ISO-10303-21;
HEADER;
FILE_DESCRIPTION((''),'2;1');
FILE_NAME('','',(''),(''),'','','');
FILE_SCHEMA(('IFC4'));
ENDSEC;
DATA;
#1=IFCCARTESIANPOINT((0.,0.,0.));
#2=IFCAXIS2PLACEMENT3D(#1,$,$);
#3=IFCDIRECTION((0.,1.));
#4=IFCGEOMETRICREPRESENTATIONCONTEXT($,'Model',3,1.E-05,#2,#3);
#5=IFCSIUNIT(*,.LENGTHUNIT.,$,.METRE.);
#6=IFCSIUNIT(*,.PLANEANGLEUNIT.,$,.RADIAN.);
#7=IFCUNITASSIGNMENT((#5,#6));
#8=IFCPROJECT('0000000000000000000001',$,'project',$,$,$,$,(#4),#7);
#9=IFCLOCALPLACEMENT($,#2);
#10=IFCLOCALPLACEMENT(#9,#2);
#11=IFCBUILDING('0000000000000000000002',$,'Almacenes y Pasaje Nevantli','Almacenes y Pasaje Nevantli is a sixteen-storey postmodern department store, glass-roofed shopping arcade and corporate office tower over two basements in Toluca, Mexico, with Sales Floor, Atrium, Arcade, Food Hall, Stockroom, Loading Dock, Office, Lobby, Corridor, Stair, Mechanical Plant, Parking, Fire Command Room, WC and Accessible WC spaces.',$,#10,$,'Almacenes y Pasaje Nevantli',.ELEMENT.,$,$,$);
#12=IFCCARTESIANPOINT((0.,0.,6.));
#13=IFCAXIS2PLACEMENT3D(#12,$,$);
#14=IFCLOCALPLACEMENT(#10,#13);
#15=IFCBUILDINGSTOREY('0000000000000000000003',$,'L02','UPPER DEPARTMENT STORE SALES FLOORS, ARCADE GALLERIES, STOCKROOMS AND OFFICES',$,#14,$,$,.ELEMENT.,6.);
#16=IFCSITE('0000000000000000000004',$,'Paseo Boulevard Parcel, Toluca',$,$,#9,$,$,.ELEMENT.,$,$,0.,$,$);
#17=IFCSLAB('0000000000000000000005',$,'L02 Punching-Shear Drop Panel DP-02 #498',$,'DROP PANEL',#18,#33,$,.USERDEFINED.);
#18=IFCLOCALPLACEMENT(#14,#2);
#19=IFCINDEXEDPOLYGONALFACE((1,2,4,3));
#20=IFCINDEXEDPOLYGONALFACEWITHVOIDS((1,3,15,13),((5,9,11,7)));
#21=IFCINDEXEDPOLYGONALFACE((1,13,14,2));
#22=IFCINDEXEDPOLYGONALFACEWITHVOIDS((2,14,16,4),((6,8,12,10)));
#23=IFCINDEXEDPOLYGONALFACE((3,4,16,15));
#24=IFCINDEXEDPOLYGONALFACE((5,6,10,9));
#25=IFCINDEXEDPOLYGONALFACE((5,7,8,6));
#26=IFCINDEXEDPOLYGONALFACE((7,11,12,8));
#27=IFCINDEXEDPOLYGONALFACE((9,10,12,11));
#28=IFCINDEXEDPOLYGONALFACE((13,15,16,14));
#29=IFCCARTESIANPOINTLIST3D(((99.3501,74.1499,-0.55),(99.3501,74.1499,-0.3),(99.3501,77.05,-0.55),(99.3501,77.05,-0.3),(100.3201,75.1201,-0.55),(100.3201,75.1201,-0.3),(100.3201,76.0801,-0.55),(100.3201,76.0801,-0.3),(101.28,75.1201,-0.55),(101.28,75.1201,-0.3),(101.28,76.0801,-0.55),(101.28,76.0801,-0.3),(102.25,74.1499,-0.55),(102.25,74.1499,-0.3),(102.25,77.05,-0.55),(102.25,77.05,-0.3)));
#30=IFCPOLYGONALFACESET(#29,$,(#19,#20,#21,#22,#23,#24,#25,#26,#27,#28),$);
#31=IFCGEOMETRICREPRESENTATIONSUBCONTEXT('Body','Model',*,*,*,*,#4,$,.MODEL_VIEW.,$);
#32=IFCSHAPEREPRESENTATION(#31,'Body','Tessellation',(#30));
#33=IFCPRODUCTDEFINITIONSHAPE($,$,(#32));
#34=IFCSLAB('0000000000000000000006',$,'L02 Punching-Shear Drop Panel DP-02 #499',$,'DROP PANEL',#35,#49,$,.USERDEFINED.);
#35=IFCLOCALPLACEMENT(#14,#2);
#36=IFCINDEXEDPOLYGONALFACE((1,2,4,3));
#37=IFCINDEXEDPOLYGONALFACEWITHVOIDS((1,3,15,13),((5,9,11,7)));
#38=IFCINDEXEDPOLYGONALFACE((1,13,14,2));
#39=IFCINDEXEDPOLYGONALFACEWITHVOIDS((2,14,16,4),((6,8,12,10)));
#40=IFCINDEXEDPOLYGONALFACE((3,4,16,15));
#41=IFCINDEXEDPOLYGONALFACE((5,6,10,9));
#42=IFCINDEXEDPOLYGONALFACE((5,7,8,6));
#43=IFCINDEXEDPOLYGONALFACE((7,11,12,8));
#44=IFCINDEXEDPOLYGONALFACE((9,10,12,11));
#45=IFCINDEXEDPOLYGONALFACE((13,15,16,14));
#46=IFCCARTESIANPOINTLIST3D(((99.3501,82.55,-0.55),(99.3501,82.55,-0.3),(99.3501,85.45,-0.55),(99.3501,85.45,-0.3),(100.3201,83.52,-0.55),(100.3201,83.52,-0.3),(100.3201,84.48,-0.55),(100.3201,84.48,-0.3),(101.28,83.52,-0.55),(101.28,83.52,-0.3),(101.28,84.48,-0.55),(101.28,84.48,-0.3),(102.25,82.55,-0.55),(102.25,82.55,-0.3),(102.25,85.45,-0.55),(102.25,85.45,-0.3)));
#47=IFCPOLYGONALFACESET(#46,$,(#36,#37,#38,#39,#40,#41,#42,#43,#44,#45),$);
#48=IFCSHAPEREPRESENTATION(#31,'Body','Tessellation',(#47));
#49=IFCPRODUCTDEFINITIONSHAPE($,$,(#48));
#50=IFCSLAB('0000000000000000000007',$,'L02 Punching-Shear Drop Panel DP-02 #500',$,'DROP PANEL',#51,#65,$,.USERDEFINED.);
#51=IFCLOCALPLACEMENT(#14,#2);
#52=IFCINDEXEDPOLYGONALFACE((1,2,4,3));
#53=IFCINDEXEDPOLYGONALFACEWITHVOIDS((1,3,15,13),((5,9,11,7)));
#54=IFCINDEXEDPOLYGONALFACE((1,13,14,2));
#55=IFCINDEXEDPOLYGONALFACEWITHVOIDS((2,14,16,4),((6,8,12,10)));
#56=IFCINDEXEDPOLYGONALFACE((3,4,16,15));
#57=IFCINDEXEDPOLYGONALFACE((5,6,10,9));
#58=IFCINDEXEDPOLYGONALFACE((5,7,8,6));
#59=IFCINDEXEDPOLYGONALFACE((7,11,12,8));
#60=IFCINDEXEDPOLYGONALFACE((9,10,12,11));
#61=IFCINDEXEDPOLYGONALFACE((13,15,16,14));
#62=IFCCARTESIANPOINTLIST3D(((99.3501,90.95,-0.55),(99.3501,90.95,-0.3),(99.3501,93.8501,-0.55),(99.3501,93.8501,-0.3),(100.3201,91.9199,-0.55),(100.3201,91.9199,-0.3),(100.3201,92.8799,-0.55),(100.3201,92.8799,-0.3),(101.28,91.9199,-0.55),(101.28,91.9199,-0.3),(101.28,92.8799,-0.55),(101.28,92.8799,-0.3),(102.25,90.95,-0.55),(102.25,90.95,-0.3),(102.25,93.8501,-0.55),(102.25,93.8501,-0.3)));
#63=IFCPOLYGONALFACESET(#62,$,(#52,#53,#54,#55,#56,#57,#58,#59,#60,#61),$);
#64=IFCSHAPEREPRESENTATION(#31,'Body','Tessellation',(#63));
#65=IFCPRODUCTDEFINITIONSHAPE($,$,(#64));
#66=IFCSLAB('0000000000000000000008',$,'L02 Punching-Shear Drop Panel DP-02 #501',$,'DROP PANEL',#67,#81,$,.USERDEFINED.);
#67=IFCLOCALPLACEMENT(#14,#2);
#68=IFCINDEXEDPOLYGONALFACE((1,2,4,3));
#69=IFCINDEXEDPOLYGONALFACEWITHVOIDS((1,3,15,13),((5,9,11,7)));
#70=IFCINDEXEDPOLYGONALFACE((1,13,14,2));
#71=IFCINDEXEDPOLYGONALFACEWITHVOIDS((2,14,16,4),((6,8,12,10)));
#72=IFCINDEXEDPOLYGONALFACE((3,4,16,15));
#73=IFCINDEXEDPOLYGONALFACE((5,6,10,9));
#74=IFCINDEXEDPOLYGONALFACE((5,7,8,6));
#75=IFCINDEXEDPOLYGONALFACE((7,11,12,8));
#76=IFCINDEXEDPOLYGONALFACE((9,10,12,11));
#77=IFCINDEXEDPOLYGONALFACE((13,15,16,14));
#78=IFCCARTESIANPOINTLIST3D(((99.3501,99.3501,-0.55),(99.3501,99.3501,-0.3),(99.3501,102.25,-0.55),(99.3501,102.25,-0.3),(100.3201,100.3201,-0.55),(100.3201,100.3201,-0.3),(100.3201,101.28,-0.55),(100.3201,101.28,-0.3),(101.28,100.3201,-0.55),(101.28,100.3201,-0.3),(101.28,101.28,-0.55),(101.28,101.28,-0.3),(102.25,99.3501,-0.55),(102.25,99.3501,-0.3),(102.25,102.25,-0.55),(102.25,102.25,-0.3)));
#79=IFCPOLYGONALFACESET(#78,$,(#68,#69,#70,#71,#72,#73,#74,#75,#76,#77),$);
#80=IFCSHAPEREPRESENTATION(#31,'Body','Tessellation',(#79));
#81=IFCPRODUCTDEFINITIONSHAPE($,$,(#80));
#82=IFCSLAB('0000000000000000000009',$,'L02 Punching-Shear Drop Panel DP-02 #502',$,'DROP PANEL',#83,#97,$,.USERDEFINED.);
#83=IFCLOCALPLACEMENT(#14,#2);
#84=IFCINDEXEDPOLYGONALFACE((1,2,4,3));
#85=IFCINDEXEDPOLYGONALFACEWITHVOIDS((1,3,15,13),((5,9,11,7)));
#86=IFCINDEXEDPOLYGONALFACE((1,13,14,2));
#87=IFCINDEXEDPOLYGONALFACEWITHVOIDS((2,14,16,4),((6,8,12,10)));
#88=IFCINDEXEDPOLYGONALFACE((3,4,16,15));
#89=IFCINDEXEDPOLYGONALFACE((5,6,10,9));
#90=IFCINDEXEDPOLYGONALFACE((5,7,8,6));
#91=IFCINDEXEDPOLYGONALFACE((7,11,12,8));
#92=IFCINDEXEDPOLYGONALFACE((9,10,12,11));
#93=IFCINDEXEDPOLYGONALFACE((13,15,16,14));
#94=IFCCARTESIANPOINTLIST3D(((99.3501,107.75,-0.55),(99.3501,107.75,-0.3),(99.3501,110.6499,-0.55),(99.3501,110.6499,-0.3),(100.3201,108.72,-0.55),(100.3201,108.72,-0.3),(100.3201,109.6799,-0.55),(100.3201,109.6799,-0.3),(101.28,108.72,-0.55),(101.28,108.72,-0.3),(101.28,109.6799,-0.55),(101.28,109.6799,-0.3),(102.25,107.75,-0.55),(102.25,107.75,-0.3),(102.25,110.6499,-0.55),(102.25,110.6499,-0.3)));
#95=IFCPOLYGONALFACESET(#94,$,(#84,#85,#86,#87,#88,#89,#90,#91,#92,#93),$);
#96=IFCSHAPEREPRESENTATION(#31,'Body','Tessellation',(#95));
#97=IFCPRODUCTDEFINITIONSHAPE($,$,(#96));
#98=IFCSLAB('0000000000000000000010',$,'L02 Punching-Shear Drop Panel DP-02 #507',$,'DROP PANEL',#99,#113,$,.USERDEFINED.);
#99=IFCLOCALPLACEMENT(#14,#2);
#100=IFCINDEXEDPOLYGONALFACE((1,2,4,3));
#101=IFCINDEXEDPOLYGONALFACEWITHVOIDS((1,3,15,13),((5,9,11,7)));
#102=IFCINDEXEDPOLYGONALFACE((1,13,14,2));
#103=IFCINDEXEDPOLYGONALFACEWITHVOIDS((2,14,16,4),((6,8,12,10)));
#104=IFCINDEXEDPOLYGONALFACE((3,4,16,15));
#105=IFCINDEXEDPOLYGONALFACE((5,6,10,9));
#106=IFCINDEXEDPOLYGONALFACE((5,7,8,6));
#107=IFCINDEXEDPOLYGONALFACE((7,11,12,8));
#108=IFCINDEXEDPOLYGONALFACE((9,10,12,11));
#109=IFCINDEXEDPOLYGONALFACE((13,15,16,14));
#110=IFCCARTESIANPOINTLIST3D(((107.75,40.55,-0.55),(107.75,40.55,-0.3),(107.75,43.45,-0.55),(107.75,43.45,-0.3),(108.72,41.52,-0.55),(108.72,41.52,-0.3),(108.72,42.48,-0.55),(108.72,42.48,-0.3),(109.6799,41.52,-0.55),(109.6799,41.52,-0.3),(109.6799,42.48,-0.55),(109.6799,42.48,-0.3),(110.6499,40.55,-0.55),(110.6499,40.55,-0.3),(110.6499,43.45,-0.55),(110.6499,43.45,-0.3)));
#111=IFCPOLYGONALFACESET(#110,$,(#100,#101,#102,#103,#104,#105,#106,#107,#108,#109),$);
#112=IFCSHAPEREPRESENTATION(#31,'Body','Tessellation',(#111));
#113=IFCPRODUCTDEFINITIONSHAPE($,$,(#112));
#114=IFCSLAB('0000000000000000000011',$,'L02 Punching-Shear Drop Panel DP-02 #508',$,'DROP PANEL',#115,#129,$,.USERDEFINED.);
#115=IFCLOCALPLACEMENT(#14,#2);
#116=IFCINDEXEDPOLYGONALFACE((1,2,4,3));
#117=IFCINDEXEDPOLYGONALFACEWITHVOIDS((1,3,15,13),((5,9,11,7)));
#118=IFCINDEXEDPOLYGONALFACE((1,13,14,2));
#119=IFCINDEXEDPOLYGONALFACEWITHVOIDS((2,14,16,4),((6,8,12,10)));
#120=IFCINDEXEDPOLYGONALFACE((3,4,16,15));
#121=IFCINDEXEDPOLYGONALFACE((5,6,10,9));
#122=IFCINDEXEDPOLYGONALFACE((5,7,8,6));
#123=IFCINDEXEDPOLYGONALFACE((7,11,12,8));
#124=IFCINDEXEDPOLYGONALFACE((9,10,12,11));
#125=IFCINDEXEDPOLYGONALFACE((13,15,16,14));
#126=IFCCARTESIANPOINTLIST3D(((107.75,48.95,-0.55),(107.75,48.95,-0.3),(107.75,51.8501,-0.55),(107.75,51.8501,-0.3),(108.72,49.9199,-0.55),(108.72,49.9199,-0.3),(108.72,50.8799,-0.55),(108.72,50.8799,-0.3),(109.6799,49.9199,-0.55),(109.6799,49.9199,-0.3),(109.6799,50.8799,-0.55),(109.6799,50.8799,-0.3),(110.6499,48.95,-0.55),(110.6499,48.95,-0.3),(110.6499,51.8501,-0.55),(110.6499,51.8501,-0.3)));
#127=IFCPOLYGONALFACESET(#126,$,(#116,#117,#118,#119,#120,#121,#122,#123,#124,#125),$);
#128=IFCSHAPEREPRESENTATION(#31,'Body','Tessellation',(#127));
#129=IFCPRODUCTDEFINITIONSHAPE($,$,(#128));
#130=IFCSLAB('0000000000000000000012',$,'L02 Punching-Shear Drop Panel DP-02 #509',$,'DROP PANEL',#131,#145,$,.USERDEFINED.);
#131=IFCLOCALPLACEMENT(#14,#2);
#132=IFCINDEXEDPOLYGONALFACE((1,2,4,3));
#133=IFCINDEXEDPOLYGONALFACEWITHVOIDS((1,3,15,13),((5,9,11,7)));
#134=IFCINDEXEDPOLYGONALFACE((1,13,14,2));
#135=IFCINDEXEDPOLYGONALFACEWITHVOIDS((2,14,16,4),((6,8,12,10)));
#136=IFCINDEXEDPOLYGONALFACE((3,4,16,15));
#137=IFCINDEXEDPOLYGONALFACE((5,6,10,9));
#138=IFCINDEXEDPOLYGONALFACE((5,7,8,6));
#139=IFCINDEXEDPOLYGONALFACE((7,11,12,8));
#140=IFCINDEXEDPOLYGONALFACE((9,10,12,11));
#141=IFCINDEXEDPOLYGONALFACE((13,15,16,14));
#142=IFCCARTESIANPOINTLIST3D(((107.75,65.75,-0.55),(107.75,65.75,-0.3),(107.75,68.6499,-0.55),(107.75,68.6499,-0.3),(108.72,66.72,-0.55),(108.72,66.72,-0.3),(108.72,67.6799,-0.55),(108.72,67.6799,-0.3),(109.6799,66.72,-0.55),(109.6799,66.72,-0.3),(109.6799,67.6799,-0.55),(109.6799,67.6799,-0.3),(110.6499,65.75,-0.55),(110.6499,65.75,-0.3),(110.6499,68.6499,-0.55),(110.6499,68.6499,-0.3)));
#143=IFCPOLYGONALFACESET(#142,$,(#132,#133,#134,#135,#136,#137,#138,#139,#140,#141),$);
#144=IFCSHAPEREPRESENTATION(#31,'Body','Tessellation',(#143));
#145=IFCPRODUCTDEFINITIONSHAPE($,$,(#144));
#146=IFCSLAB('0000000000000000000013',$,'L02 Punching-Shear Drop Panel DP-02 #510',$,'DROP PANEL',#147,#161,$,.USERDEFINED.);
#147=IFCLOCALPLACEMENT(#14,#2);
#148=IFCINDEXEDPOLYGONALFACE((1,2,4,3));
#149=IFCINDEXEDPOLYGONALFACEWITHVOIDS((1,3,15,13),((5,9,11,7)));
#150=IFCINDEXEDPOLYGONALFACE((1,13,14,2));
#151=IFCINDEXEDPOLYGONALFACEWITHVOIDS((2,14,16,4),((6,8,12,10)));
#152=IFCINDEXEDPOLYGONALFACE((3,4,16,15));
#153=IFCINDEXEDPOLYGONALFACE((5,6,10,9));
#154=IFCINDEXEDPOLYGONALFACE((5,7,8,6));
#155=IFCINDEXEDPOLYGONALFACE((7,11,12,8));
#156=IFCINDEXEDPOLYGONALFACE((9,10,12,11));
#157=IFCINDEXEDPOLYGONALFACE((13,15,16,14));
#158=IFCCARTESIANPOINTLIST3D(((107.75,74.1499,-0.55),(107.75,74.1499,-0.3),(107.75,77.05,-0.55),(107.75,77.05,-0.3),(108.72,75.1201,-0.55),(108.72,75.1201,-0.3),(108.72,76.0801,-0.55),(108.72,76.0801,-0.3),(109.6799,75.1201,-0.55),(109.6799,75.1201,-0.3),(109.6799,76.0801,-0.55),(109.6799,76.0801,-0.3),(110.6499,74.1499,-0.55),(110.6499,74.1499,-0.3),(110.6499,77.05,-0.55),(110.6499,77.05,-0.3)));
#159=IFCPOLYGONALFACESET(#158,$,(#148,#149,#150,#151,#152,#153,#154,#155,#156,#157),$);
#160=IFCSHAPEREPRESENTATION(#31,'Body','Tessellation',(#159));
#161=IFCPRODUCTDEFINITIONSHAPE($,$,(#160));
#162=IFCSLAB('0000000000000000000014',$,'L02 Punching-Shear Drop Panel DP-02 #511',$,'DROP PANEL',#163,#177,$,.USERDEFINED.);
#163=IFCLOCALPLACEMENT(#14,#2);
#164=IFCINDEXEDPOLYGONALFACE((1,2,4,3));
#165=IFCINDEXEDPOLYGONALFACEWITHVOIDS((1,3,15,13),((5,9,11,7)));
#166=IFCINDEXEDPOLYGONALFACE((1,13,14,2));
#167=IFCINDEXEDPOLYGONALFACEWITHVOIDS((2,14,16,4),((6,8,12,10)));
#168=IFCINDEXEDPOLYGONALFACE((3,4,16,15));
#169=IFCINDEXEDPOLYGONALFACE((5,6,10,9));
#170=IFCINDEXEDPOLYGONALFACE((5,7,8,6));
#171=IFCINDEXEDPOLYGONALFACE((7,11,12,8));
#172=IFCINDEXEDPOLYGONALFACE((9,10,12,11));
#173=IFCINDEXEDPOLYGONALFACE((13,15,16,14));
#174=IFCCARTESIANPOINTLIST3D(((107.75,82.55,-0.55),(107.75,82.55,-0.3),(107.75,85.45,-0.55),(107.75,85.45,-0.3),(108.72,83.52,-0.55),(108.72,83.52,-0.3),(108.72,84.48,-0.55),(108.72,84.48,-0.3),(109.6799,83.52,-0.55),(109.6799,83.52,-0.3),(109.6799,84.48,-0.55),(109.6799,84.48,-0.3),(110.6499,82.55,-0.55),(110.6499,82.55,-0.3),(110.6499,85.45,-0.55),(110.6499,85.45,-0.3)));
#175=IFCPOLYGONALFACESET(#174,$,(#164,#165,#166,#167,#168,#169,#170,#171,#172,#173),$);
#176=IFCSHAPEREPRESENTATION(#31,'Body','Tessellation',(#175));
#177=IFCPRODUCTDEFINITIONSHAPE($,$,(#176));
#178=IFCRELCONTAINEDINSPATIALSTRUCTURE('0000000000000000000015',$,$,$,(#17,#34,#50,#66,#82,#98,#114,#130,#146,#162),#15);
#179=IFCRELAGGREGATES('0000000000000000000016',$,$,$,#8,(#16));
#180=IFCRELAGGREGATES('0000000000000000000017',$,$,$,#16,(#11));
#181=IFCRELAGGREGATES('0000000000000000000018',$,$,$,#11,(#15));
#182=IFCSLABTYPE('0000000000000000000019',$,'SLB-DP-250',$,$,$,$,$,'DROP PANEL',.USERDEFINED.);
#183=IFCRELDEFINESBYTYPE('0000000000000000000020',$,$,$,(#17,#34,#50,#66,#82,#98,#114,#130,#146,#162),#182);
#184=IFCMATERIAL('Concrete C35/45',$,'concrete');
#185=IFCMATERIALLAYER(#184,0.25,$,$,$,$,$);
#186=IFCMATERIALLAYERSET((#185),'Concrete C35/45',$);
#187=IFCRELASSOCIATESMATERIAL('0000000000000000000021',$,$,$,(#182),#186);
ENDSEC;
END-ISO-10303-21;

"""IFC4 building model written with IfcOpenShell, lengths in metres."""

from ifc_helpers import new_model, si_unit, direction, frame, origin, place, context, subcontext, project, spatial, polyline, outline, extrude, material, layer, layer_set, type_object, element, save


model = new_model("IFC4")

# Units and contexts
model_context = context("Model", 3, precision=1e-05, world=origin(), true_north=direction((0.0, 1.0)))
body_context = subcontext(model_context, "Body", "Model", "MODEL_VIEW")
ifc_project = project(units=[si_unit("LENGTHUNIT", "METRE"), si_unit("PLANEANGLEUNIT", "RADIAN")], contexts=[model_context])

# Site, building, storey
site_placement = place(None, origin())
site = spatial("IfcSite", under=ifc_project, at=site_placement, Name="Paseo Boulevard Parcel, Toluca", CompositionType="ELEMENT", RefElevation=0.0)
building_placement = place(site_placement, origin())
building = spatial("IfcBuilding", under=site, at=building_placement, Name="Almacenes y Pasaje Nevantli", Description="Almacenes y Pasaje Nevantli is a sixteen-storey postmodern department store, glass-roofed shopping arcade and corporate office tower over two basements in Toluca, Mexico, with Sales Floor, Atrium, Arcade, Food Hall, Stockroom, Loading Dock, Office, Lobby, Corridor, Stair, Mechanical Plant, Parking, Fire Command Room, WC and Accessible WC spaces.", LongName="Almacenes y Pasaje Nevantli", CompositionType="ELEMENT")
storey_placement = place(building_placement, frame((0.0, 0.0, 6.0)))
storey = spatial("IfcBuildingStorey", under=building, at=storey_placement, Name="L02", Description="UPPER DEPARTMENT STORE SALES FLOORS, ARCADE GALLERIES, STOCKROOMS AND OFFICES", CompositionType="ELEMENT", Elevation=6.0)

# Slabs
ifc_material_1 = material(Name="Concrete C35/45", Category="concrete")
ifc_layer_1 = layer(ifc_material_1, 0.25)
ifc_layer_set_1 = layer_set([ifc_layer_1], Name="Concrete C35/45")
slab_type_1 = type_object("IfcSlabType", Name="SLB-DP-250", ElementType="DROP PANEL", PredefinedType="USERDEFINED", material=ifc_layer_set_1)
slab_1_placement = place(storey_placement, frame((0.0, 0.0, -0.55)))
element("IfcSlab", 1, at=slab_1_placement, inside=storey, type_object=slab_type_1, Name="L02 Punching-Shear Drop Panel DP-02 #498", ObjectType="DROP PANEL", PredefinedType="USERDEFINED", context=body_context, shape_type="SweptSolid", body=[
    extrude(outline(polyline([(99.3501, 74.1499), (102.25, 74.1499), (102.25, 77.05), (99.3501, 77.05), (99.3501, 74.1499)]), holes=[polyline([(100.3201, 75.1201), (101.28, 75.1201), (101.28, 76.0801), (100.3201, 76.0801), (100.3201, 75.1201)])]), origin(), (0.0, 0.0, 1.0), 0.25),
])
slab_2_placement = place(storey_placement, frame((0.0, 0.0, -0.55)))
element("IfcSlab", 2, at=slab_2_placement, inside=storey, type_object=slab_type_1, Name="L02 Punching-Shear Drop Panel DP-02 #499", ObjectType="DROP PANEL", PredefinedType="USERDEFINED", context=body_context, shape_type="SweptSolid", body=[
    extrude(outline(polyline([(99.3501, 82.55), (102.25, 82.55), (102.25, 85.45), (99.3501, 85.45), (99.3501, 82.55)]), holes=[polyline([(100.3201, 83.52), (101.28, 83.52), (101.28, 84.48), (100.3201, 84.48), (100.3201, 83.52)])]), origin(), (0.0, 0.0, 1.0), 0.25),
])
slab_3_placement = place(storey_placement, frame((0.0, 0.0, -0.55)))
element("IfcSlab", 3, at=slab_3_placement, inside=storey, type_object=slab_type_1, Name="L02 Punching-Shear Drop Panel DP-02 #500", ObjectType="DROP PANEL", PredefinedType="USERDEFINED", context=body_context, shape_type="SweptSolid", body=[
    extrude(outline(polyline([(99.3501, 90.95), (102.25, 90.95), (102.25, 93.8501), (99.3501, 93.8501), (99.3501, 90.95)]), holes=[polyline([(100.3201, 91.9199), (101.28, 91.9199), (101.28, 92.8799), (100.3201, 92.8799), (100.3201, 91.9199)])]), origin(), (0.0, 0.0, 1.0), 0.25),
])
slab_4_placement = place(storey_placement, frame((0.0, 0.0, -0.55)))
element("IfcSlab", 4, at=slab_4_placement, inside=storey, type_object=slab_type_1, Name="L02 Punching-Shear Drop Panel DP-02 #501", ObjectType="DROP PANEL", PredefinedType="USERDEFINED", context=body_context, shape_type="SweptSolid", body=[
    extrude(outline(polyline([(99.3501, 99.3501), (102.25, 99.3501), (102.25, 102.25), (99.3501, 102.25), (99.3501, 99.3501)]), holes=[polyline([(100.3201, 100.3201), (101.28, 100.3201), (101.28, 101.28), (100.3201, 101.28), (100.3201, 100.3201)])]), origin(), (0.0, 0.0, 1.0), 0.25),
])
slab_5_placement = place(storey_placement, frame((0.0, 0.0, -0.55)))
element("IfcSlab", 5, at=slab_5_placement, inside=storey, type_object=slab_type_1, Name="L02 Punching-Shear Drop Panel DP-02 #502", ObjectType="DROP PANEL", PredefinedType="USERDEFINED", context=body_context, shape_type="SweptSolid", body=[
    extrude(outline(polyline([(99.3501, 107.75), (102.25, 107.75), (102.25, 110.6499), (99.3501, 110.6499), (99.3501, 107.75)]), holes=[polyline([(100.3201, 108.72), (101.28, 108.72), (101.28, 109.6799), (100.3201, 109.6799), (100.3201, 108.72)])]), origin(), (0.0, 0.0, 1.0), 0.25),
])
slab_6_placement = place(storey_placement, frame((0.0, 0.0, -0.55)))
element("IfcSlab", 6, at=slab_6_placement, inside=storey, type_object=slab_type_1, Name="L02 Punching-Shear Drop Panel DP-02 #507", ObjectType="DROP PANEL", PredefinedType="USERDEFINED", context=body_context, shape_type="SweptSolid", body=[
    extrude(outline(polyline([(107.75, 40.55), (110.6499, 40.55), (110.6499, 43.45), (107.75, 43.45), (107.75, 40.55)]), holes=[polyline([(108.72, 41.52), (109.6799, 41.52), (109.6799, 42.48), (108.72, 42.48), (108.72, 41.52)])]), origin(), (0.0, 0.0, 1.0), 0.25),
])
slab_7_placement = place(storey_placement, frame((0.0, 0.0, -0.55)))
element("IfcSlab", 7, at=slab_7_placement, inside=storey, type_object=slab_type_1, Name="L02 Punching-Shear Drop Panel DP-02 #508", ObjectType="DROP PANEL", PredefinedType="USERDEFINED", context=body_context, shape_type="SweptSolid", body=[
    extrude(outline(polyline([(107.75, 48.95), (110.6499, 48.95), (110.6499, 51.8501), (107.75, 51.8501), (107.75, 48.95)]), holes=[polyline([(108.72, 49.9199), (109.6799, 49.9199), (109.6799, 50.8799), (108.72, 50.8799), (108.72, 49.9199)])]), origin(), (0.0, 0.0, 1.0), 0.25),
])
slab_8_placement = place(storey_placement, frame((0.0, 0.0, -0.55)))
element("IfcSlab", 8, at=slab_8_placement, inside=storey, type_object=slab_type_1, Name="L02 Punching-Shear Drop Panel DP-02 #509", ObjectType="DROP PANEL", PredefinedType="USERDEFINED", context=body_context, shape_type="SweptSolid", body=[
    extrude(outline(polyline([(107.75, 65.75), (110.6499, 65.75), (110.6499, 68.6499), (107.75, 68.6499), (107.75, 65.75)]), holes=[polyline([(108.72, 66.72), (109.6799, 66.72), (109.6799, 67.6799), (108.72, 67.6799), (108.72, 66.72)])]), origin(), (0.0, 0.0, 1.0), 0.25),
])
slab_9_placement = place(storey_placement, frame((0.0, 0.0, -0.55)))
element("IfcSlab", 9, at=slab_9_placement, inside=storey, type_object=slab_type_1, Name="L02 Punching-Shear Drop Panel DP-02 #510", ObjectType="DROP PANEL", PredefinedType="USERDEFINED", context=body_context, shape_type="SweptSolid", body=[
    extrude(outline(polyline([(107.75, 74.1499), (110.6499, 74.1499), (110.6499, 77.05), (107.75, 77.05), (107.75, 74.1499)]), holes=[polyline([(108.72, 75.1201), (109.6799, 75.1201), (109.6799, 76.0801), (108.72, 76.0801), (108.72, 75.1201)])]), origin(), (0.0, 0.0, 1.0), 0.25),
])
slab_10_placement = place(storey_placement, frame((0.0, 0.0, -0.55)))
element("IfcSlab", 10, at=slab_10_placement, inside=storey, type_object=slab_type_1, Name="L02 Punching-Shear Drop Panel DP-02 #511", ObjectType="DROP PANEL", PredefinedType="USERDEFINED", context=body_context, shape_type="SweptSolid", body=[
    extrude(outline(polyline([(107.75, 82.55), (110.6499, 82.55), (110.6499, 85.45), (107.75, 85.45), (107.75, 82.55)]), holes=[polyline([(108.72, 83.52), (109.6799, 83.52), (109.6799, 84.48), (108.72, 84.48), (108.72, 83.52)])]), origin(), (0.0, 0.0, 1.0), 0.25),
])

save(model, "model.ifc")
